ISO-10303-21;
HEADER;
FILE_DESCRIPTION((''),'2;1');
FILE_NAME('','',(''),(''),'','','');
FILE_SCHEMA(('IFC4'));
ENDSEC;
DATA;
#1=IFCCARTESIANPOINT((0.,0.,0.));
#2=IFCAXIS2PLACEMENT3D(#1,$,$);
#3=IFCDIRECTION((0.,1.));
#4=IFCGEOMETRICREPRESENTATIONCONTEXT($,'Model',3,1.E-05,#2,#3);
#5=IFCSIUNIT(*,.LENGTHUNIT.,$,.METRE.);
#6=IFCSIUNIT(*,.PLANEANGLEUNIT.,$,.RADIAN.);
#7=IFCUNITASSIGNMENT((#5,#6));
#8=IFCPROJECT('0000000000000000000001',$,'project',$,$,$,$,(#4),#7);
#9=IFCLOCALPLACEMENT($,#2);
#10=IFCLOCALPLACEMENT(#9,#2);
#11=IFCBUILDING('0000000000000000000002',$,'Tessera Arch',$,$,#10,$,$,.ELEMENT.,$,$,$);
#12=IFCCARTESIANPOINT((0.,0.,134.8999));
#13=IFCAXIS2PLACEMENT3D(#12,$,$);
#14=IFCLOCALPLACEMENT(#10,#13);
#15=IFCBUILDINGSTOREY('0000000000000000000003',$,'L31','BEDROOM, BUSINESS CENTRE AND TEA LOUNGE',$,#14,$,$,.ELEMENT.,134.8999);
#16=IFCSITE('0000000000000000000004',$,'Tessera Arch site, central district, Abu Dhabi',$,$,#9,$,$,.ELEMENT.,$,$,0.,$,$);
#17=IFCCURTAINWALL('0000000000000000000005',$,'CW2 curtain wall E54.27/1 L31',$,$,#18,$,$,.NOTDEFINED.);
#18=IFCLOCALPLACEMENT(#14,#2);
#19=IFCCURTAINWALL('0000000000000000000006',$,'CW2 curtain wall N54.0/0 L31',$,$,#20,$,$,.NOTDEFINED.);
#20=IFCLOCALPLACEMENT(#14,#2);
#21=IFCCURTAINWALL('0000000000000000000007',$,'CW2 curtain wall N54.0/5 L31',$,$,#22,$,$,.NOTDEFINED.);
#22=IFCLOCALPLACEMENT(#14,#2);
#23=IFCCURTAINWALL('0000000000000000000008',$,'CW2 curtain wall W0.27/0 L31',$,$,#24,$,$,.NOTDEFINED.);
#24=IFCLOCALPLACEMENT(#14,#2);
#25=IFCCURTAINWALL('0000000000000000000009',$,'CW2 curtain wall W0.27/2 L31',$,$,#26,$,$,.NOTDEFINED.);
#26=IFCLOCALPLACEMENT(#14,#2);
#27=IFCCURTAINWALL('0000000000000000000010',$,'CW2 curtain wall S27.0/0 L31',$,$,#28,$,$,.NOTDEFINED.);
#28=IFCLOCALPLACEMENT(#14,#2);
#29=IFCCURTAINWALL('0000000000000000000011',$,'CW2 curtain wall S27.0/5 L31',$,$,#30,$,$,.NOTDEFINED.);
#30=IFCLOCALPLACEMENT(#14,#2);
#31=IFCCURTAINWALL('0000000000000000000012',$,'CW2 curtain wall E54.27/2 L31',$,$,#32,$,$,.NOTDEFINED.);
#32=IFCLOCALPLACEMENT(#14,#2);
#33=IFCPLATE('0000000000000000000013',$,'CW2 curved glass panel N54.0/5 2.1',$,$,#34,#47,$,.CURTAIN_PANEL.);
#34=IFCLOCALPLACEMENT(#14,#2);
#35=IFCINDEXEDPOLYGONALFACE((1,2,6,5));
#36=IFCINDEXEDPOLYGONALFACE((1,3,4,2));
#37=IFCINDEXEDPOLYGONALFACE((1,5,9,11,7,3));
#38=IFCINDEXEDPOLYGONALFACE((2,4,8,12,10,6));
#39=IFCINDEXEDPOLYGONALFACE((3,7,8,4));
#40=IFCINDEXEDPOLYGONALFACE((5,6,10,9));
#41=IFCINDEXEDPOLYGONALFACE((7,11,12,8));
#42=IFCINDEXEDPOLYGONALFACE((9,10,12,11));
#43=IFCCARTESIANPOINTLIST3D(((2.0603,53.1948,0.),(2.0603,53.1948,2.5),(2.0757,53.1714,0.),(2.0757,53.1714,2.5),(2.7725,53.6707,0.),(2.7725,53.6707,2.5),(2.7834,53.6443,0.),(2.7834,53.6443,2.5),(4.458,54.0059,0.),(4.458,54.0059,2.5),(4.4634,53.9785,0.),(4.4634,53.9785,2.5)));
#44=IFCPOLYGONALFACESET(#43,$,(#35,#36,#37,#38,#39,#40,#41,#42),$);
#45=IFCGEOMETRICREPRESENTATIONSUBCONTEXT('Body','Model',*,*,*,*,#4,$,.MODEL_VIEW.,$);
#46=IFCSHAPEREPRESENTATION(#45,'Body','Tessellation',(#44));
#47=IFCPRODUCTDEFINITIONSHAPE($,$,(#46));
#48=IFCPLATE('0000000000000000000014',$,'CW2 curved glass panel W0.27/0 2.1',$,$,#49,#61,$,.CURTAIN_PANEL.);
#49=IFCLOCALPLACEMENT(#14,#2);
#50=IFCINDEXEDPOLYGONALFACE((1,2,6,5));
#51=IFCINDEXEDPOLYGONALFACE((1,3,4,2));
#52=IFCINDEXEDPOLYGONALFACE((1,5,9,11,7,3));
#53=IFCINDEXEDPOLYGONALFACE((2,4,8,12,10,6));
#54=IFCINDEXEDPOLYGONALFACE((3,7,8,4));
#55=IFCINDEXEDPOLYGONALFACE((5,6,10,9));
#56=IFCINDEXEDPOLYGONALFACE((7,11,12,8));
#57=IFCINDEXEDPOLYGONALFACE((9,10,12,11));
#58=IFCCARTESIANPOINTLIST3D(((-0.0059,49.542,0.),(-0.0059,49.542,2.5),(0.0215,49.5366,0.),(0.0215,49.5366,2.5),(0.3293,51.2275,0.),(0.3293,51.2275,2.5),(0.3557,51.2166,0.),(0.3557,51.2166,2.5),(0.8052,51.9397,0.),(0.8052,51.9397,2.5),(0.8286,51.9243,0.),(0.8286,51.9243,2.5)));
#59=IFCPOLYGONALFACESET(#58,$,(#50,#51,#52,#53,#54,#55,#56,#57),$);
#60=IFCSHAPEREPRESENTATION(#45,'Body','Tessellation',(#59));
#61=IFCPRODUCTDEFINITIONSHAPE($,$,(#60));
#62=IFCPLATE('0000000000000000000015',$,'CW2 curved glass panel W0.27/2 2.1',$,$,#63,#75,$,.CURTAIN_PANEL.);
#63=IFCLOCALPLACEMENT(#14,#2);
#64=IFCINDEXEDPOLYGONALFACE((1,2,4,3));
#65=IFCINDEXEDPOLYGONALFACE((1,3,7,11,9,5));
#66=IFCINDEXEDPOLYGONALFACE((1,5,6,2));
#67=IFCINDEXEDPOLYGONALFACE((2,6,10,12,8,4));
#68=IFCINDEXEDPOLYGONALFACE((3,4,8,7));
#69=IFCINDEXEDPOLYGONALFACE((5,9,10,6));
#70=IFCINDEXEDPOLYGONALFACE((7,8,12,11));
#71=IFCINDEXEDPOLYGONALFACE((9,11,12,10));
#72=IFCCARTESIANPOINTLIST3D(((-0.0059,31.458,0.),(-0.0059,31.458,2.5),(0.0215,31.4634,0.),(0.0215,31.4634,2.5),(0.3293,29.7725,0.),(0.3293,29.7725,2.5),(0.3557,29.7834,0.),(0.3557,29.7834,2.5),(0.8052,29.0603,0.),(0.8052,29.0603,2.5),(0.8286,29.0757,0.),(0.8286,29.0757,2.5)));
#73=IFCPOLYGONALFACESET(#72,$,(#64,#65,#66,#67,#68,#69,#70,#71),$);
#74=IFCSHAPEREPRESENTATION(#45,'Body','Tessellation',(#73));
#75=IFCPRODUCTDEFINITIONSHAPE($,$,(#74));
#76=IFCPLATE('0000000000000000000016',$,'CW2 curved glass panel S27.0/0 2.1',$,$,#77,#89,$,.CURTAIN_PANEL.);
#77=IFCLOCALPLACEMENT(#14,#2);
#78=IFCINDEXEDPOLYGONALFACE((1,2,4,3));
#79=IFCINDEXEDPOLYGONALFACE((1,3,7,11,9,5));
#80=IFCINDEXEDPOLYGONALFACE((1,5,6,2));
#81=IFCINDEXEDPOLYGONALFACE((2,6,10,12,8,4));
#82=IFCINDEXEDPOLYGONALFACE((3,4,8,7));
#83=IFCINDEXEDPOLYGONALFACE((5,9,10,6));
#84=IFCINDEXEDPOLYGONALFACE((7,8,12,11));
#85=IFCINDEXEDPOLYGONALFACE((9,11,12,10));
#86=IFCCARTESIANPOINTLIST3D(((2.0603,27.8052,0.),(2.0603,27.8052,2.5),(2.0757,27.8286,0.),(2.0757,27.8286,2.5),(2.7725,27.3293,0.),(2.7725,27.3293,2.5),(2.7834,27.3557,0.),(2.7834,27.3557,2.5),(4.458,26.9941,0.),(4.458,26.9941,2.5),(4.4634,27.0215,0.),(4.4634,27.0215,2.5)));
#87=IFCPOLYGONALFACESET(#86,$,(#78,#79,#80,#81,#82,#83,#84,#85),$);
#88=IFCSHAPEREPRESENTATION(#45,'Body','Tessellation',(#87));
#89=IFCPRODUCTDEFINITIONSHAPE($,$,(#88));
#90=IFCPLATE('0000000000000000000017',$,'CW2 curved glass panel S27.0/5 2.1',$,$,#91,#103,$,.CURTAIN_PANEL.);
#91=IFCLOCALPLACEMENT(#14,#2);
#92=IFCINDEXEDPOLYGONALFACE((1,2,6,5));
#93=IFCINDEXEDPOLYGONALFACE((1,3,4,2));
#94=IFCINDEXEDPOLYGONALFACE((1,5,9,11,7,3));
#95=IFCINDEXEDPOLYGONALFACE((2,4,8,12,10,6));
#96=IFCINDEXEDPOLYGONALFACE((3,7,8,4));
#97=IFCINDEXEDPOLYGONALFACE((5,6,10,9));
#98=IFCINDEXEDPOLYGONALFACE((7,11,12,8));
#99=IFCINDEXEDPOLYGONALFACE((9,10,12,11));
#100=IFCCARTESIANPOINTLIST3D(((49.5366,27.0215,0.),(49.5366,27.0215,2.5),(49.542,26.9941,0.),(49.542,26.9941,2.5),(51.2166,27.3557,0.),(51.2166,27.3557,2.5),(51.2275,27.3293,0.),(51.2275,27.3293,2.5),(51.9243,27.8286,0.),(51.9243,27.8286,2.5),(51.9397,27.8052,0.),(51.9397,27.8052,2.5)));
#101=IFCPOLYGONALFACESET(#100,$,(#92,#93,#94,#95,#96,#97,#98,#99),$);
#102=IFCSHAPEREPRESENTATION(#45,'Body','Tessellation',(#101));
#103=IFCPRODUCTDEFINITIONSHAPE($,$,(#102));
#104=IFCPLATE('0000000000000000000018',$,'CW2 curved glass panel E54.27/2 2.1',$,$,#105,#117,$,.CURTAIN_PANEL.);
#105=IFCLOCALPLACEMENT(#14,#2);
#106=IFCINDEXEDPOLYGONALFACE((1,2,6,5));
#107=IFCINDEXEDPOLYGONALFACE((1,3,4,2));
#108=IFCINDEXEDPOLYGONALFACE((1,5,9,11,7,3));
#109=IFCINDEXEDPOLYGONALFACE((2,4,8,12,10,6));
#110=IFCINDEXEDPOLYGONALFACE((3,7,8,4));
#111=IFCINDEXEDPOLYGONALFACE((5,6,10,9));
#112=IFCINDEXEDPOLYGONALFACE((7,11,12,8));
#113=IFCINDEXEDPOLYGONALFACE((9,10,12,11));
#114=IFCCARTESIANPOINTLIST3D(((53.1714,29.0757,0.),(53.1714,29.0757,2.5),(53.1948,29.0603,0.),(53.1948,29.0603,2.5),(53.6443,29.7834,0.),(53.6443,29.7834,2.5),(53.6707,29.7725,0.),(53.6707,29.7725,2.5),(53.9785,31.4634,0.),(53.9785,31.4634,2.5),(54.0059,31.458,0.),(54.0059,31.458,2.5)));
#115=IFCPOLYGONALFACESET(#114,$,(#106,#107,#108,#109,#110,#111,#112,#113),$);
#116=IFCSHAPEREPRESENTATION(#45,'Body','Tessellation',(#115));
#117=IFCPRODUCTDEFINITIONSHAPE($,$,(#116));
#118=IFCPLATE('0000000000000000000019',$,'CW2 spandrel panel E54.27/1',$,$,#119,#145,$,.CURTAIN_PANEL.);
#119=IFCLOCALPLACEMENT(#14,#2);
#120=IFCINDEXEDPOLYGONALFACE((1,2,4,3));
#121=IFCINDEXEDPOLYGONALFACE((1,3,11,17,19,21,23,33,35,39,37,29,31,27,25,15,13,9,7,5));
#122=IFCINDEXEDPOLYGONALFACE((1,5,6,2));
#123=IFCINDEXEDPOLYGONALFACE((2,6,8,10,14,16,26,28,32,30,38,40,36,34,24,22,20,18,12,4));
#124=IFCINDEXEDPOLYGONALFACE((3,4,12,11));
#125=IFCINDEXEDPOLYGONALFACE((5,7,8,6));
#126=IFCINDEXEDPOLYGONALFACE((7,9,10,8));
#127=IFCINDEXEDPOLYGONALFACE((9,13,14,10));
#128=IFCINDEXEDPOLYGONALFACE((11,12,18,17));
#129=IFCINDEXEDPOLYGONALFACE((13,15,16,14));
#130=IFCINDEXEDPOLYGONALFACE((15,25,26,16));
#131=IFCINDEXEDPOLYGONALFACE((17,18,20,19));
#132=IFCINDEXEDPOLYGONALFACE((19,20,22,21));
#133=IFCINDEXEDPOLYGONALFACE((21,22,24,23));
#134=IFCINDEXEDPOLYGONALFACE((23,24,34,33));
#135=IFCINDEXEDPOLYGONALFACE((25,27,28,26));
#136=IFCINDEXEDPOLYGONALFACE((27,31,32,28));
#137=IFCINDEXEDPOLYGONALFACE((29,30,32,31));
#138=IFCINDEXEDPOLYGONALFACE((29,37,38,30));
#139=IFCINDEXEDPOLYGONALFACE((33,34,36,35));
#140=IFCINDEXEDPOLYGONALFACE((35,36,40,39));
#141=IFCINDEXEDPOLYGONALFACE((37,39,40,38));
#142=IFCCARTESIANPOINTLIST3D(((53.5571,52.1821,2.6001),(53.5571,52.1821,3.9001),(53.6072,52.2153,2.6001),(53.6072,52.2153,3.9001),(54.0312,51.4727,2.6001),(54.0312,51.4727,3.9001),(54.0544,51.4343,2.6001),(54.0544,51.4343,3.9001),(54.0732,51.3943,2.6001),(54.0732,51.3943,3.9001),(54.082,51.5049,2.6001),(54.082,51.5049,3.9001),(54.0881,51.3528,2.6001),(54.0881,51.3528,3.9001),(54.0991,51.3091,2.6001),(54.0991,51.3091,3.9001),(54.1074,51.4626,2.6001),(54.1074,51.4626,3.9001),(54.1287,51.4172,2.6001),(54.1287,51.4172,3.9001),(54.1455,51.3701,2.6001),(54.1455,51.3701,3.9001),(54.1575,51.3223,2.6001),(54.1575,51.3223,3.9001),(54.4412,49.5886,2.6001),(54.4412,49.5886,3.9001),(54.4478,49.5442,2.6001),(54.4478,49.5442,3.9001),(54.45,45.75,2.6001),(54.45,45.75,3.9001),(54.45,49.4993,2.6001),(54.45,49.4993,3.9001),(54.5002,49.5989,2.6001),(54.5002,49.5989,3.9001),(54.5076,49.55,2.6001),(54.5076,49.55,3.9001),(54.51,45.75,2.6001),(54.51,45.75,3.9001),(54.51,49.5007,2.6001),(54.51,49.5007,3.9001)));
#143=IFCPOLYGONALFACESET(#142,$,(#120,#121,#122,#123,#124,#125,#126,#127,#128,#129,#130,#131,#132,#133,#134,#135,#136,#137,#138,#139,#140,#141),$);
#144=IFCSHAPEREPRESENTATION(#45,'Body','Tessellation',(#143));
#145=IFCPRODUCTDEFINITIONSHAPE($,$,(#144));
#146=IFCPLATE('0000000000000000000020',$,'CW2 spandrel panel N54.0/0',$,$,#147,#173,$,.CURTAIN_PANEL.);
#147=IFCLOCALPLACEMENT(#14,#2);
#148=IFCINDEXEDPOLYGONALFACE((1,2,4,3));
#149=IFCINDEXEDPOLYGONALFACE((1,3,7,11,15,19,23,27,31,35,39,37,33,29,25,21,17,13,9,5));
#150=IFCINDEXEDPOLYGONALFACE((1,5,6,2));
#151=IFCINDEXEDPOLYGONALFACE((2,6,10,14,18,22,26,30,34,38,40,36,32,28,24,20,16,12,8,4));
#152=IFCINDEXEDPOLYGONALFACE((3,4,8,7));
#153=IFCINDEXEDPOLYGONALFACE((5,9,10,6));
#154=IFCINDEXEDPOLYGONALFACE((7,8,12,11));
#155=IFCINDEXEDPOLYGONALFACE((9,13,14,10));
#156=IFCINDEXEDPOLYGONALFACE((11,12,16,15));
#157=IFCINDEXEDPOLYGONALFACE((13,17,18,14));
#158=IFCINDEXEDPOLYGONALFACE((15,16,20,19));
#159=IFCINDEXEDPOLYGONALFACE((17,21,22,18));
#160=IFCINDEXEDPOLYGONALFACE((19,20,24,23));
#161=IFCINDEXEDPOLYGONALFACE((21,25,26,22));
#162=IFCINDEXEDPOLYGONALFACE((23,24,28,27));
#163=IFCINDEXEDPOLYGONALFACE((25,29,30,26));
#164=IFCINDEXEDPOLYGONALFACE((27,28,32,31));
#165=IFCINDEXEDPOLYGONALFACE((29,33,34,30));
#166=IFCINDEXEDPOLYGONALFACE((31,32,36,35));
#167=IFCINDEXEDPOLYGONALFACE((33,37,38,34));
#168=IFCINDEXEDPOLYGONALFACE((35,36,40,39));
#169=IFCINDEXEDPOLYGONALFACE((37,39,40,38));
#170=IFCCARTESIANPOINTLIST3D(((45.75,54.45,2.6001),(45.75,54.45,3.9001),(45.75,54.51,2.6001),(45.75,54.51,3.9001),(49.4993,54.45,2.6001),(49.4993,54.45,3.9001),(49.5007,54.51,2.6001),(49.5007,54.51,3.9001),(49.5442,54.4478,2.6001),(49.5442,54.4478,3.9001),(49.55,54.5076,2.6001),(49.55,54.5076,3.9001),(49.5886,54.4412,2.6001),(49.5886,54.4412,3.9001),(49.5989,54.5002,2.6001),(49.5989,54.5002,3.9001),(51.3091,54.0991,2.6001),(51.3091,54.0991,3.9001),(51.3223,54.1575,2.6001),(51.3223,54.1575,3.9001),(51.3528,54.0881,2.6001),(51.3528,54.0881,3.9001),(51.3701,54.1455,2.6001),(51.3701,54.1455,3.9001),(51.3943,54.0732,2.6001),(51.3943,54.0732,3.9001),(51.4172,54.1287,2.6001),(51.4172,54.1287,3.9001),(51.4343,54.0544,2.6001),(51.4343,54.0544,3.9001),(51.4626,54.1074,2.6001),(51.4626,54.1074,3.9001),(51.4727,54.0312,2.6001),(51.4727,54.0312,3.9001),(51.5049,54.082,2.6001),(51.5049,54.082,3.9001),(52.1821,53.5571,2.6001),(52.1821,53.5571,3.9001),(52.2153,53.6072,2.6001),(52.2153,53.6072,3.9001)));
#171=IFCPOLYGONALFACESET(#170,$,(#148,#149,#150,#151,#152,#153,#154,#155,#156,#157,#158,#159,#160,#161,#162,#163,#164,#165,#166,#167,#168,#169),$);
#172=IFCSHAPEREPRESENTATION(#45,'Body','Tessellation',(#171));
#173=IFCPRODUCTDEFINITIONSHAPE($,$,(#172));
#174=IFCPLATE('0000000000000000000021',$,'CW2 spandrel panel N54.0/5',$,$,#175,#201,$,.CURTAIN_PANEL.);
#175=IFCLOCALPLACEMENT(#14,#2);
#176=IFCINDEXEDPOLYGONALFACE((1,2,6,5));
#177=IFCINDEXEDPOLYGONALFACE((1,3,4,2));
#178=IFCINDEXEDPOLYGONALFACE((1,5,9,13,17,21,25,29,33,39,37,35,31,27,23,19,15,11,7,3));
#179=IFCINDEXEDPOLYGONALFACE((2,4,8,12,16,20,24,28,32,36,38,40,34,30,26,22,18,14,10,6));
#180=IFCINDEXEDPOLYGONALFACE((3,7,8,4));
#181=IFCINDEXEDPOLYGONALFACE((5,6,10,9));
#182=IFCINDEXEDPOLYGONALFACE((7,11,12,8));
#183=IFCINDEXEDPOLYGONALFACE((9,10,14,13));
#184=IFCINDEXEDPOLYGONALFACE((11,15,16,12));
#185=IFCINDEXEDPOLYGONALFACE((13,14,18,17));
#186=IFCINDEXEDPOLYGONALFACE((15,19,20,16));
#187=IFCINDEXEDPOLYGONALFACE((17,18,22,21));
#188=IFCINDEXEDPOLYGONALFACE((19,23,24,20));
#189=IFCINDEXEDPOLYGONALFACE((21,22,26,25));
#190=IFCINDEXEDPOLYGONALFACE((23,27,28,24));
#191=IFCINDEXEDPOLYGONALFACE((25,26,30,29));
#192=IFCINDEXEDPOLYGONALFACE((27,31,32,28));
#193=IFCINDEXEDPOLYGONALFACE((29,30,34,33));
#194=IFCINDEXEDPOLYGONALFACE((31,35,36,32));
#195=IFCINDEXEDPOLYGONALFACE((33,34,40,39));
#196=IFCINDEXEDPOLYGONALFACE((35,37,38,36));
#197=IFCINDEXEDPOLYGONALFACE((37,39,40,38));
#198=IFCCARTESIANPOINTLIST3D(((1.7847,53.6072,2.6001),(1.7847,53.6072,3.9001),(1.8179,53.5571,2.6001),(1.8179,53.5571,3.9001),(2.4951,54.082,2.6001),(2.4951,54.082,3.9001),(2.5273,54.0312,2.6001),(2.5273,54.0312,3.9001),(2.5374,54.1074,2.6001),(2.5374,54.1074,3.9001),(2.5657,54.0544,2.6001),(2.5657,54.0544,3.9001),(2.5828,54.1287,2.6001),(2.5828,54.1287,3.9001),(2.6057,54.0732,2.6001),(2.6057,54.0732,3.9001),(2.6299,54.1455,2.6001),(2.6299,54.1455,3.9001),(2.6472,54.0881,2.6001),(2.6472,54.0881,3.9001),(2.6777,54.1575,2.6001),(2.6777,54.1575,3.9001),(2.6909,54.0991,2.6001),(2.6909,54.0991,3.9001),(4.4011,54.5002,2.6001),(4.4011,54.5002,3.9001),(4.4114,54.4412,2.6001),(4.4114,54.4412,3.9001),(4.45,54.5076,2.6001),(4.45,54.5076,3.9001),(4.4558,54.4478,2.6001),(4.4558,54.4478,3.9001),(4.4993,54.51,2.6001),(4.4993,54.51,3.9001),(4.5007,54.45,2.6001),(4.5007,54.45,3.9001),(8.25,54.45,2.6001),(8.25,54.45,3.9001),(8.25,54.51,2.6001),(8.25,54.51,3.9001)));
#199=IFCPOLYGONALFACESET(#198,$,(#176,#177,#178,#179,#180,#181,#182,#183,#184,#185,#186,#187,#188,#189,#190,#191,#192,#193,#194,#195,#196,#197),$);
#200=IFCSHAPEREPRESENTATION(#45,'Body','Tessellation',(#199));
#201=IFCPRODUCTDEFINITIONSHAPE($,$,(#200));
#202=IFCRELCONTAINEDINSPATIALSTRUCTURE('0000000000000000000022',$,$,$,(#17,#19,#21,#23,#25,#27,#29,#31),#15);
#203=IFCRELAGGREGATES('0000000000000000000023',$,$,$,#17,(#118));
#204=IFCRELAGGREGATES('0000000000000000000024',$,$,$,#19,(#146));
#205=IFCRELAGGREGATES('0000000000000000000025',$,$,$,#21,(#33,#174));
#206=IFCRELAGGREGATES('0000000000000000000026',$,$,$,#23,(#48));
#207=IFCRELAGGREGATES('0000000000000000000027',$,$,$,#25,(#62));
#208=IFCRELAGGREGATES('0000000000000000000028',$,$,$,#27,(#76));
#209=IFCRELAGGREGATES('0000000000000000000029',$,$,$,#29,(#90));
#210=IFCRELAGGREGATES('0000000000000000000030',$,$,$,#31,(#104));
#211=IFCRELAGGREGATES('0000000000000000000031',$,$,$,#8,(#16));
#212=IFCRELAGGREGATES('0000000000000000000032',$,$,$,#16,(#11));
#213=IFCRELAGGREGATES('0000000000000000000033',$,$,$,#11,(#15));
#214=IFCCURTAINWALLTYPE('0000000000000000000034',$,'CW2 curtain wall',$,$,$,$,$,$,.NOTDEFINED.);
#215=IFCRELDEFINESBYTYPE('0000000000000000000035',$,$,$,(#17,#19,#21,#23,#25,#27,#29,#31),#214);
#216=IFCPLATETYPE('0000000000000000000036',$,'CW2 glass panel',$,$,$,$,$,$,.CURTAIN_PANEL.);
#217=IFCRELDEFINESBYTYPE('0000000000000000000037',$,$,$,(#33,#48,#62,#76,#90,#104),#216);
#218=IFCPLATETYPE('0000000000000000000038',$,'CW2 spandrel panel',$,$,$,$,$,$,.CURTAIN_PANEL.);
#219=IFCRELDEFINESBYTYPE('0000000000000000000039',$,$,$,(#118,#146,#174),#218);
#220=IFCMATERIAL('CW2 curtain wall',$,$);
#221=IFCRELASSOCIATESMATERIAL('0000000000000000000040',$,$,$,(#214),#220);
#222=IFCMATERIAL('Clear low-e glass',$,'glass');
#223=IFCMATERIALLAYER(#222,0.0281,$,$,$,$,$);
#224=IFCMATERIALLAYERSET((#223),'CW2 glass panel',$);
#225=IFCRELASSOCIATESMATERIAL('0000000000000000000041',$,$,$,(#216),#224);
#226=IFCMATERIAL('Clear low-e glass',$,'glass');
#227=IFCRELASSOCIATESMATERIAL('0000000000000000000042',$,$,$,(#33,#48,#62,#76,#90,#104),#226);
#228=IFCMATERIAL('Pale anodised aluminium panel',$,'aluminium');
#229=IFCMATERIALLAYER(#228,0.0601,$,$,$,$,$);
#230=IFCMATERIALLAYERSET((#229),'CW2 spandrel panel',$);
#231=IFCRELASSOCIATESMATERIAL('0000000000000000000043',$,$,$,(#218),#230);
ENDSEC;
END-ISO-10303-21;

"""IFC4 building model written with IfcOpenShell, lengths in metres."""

from ifc_helpers import new_model, si_unit, direction, frame, origin, place, context, subcontext, project, spatial, polyline, outline, extrude, material, layer, layer_set, type_object, element, aggregate, save


model = new_model("IFC4")

# Units and contexts
model_context = context("Model", 3, precision=1e-05, world=origin(), true_north=direction((0.0, 1.0)))
body_context = subcontext(model_context, "Body", "Model", "MODEL_VIEW")
ifc_project = project(units=[si_unit("LENGTHUNIT", "METRE"), si_unit("PLANEANGLEUNIT", "RADIAN")], contexts=[model_context])

# Site, building, storey
site_placement = place(None, origin())
site = spatial("IfcSite", under=ifc_project, at=site_placement, Name="Tessera Arch site, central district, Abu Dhabi", CompositionType="ELEMENT", RefElevation=0.0)
building_placement = place(site_placement, origin())
building = spatial("IfcBuilding", under=site, at=building_placement, Name="Tessera Arch", CompositionType="ELEMENT")
storey_placement = place(building_placement, frame((0.0, 0.0, 134.8999)))
storey = spatial("IfcBuildingStorey", under=building, at=storey_placement, Name="L31", Description="BEDROOM, BUSINESS CENTRE AND TEA LOUNGE", CompositionType="ELEMENT", Elevation=134.8999)

# Curtain walls
ifc_material_1 = material(Name="CW2 curtain wall")
curtain_wall_type_1 = type_object("IfcCurtainWallType", Name="CW2 curtain wall", PredefinedType="NOTDEFINED", material=ifc_material_1)
curtain_wall_1_placement = place(storey_placement, origin())
curtain_wall_1 = element("IfcCurtainWall", 1, at=curtain_wall_1_placement, inside=storey, type_object=curtain_wall_type_1, Name="CW2 curtain wall E54.27/1 L31", PredefinedType="NOTDEFINED")
curtain_wall_2_placement = place(storey_placement, origin())
curtain_wall_2 = element("IfcCurtainWall", 2, at=curtain_wall_2_placement, inside=storey, type_object=curtain_wall_type_1, Name="CW2 curtain wall N54.0/0 L31", PredefinedType="NOTDEFINED")
curtain_wall_3_placement = place(storey_placement, origin())
curtain_wall_3 = element("IfcCurtainWall", 3, at=curtain_wall_3_placement, inside=storey, type_object=curtain_wall_type_1, Name="CW2 curtain wall N54.0/5 L31", PredefinedType="NOTDEFINED")
curtain_wall_4_placement = place(storey_placement, origin())
curtain_wall_4 = element("IfcCurtainWall", 4, at=curtain_wall_4_placement, inside=storey, type_object=curtain_wall_type_1, Name="CW2 curtain wall W0.27/0 L31", PredefinedType="NOTDEFINED")
curtain_wall_5_placement = place(storey_placement, origin())
curtain_wall_5 = element("IfcCurtainWall", 5, at=curtain_wall_5_placement, inside=storey, type_object=curtain_wall_type_1, Name="CW2 curtain wall W0.27/2 L31", PredefinedType="NOTDEFINED")
curtain_wall_6_placement = place(storey_placement, origin())
curtain_wall_6 = element("IfcCurtainWall", 6, at=curtain_wall_6_placement, inside=storey, type_object=curtain_wall_type_1, Name="CW2 curtain wall S27.0/0 L31", PredefinedType="NOTDEFINED")
curtain_wall_7_placement = place(storey_placement, origin())
curtain_wall_7 = element("IfcCurtainWall", 7, at=curtain_wall_7_placement, inside=storey, type_object=curtain_wall_type_1, Name="CW2 curtain wall S27.0/5 L31", PredefinedType="NOTDEFINED")
curtain_wall_8_placement = place(storey_placement, origin())
curtain_wall_8 = element("IfcCurtainWall", 8, at=curtain_wall_8_placement, inside=storey, type_object=curtain_wall_type_1, Name="CW2 curtain wall E54.27/2 L31", PredefinedType="NOTDEFINED")

# Plates
ifc_material_2 = material(Name="Clear low-e glass", Category="glass")
ifc_material_3 = material(Name="Clear low-e glass", Category="glass")
ifc_layer_1 = layer(ifc_material_3, 0.0281)
ifc_layer_set_1 = layer_set([ifc_layer_1], Name="CW2 glass panel")
plate_type_1 = type_object("IfcPlateType", Name="CW2 glass panel", PredefinedType="CURTAIN_PANEL", material=ifc_layer_set_1)
plate_1_placement = place(storey_placement, origin())
plate_1 = element("IfcPlate", 9, at=plate_1_placement, type_object=plate_type_1, material=ifc_material_2, Name="CW2 curved glass panel N54.0/5 2.1", PredefinedType="CURTAIN_PANEL", context=body_context, shape_type="SweptSolid", body=[
    extrude(outline(polyline([(2.7834, 53.6443), (4.4634, 53.9785), (4.458, 54.0059), (2.7725, 53.6707), (2.0603, 53.1948), (2.0757, 53.1714), (2.7834, 53.6443)])), origin(), (0.0, 0.0, 1.0), 2.5),
])
plate_2_placement = place(storey_placement, origin())
plate_2 = element("IfcPlate", 10, at=plate_2_placement, type_object=plate_type_1, material=ifc_material_2, Name="CW2 curved glass panel W0.27/0 2.1", PredefinedType="CURTAIN_PANEL", context=body_context, shape_type="SweptSolid", body=[
    extrude(outline(polyline([(0.3557, 51.2166), (0.8286, 51.9243), (0.8052, 51.9397), (0.3293, 51.2275), (-0.0059, 49.542), (0.0215, 49.5366), (0.3557, 51.2166)])), origin(), (0.0, 0.0, 1.0), 2.5),
])
plate_3_placement = place(storey_placement, origin())
plate_3 = element("IfcPlate", 11, at=plate_3_placement, type_object=plate_type_1, material=ifc_material_2, Name="CW2 curved glass panel W0.27/2 2.1", PredefinedType="CURTAIN_PANEL", context=body_context, shape_type="SweptSolid", body=[
    extrude(outline(polyline([(0.3557, 29.7834), (0.0215, 31.4634), (-0.0059, 31.458), (0.3293, 29.7725), (0.8052, 29.0603), (0.8286, 29.0757), (0.3557, 29.7834)])), origin(), (0.0, 0.0, 1.0), 2.5),
])
plate_4_placement = place(storey_placement, origin())
plate_4 = element("IfcPlate", 12, at=plate_4_placement, type_object=plate_type_1, material=ifc_material_2, Name="CW2 curved glass panel S27.0/0 2.1", PredefinedType="CURTAIN_PANEL", context=body_context, shape_type="SweptSolid", body=[
    extrude(outline(polyline([(2.7834, 27.3557), (2.0757, 27.8286), (2.0603, 27.8052), (2.7725, 27.3293), (4.458, 26.9941), (4.4634, 27.0215), (2.7834, 27.3557)])), origin(), (0.0, 0.0, 1.0), 2.5),
])
plate_5_placement = place(storey_placement, origin())
plate_5 = element("IfcPlate", 13, at=plate_5_placement, type_object=plate_type_1, material=ifc_material_2, Name="CW2 curved glass panel S27.0/5 2.1", PredefinedType="CURTAIN_PANEL", context=body_context, shape_type="SweptSolid", body=[
    extrude(outline(polyline([(51.2166, 27.3557), (49.5366, 27.0215), (49.542, 26.9941), (51.2275, 27.3293), (51.9397, 27.8052), (51.9243, 27.8286), (51.2166, 27.3557)])), origin(), (0.0, 0.0, 1.0), 2.5),
])
plate_6_placement = place(storey_placement, origin())
plate_6 = element("IfcPlate", 14, at=plate_6_placement, type_object=plate_type_1, material=ifc_material_2, Name="CW2 curved glass panel E54.27/2 2.1", PredefinedType="CURTAIN_PANEL", context=body_context, shape_type="SweptSolid", body=[
    extrude(outline(polyline([(53.6443, 29.7834), (53.1714, 29.0757), (53.1948, 29.0603), (53.6707, 29.7725), (54.0059, 31.458), (53.9785, 31.4634), (53.6443, 29.7834)])), origin(), (0.0, 0.0, 1.0), 2.5),
])
ifc_material_4 = material(Name="Pale anodised aluminium panel", Category="aluminium")
ifc_layer_2 = layer(ifc_material_4, 0.0601)
ifc_layer_set_2 = layer_set([ifc_layer_2], Name="CW2 spandrel panel")
plate_type_2 = type_object("IfcPlateType", Name="CW2 spandrel panel", PredefinedType="CURTAIN_PANEL", material=ifc_layer_set_2)
plate_7_placement = place(storey_placement, frame((0.0, 0.0, 2.6001)))
plate_7 = element("IfcPlate", 15, at=plate_7_placement, type_object=plate_type_2, Name="CW2 spandrel panel E54.27/1", PredefinedType="CURTAIN_PANEL", context=body_context, shape_type="SweptSolid", body=[
    extrude(outline(polyline([(54.45, 49.4993), (54.45, 45.75), (54.51, 45.75), (54.51, 49.5007), (54.5076, 49.55), (54.5002, 49.5989), (54.1575, 51.3223), (54.1455, 51.3701), (54.1287, 51.4172), (54.1074, 51.4626), (54.082, 51.5049), (53.6072, 52.2153), (53.5571, 52.1821), (54.0312, 51.4727), (54.0544, 51.4343), (54.0732, 51.3943), (54.0881, 51.3528), (54.0991, 51.3091), (54.4412, 49.5886), (54.4478, 49.5442), (54.45, 49.4993)])), origin(), (0.0, 0.0, 1.0), 1.3),
])
aggregate(curtain_wall_1, [plate_7])
plate_8_placement = place(storey_placement, frame((0.0, 0.0, 2.6001)))
plate_8 = element("IfcPlate", 16, at=plate_8_placement, type_object=plate_type_2, Name="CW2 spandrel panel N54.0/0", PredefinedType="CURTAIN_PANEL", context=body_context, shape_type="SweptSolid", body=[
    extrude(outline(polyline([(51.4727, 54.0312), (52.1821, 53.5571), (52.2153, 53.6072), (51.5049, 54.082), (51.4626, 54.1074), (51.4172, 54.1287), (51.3701, 54.1455), (51.3223, 54.1575), (49.5989, 54.5002), (49.55, 54.5076), (49.5007, 54.51), (45.75, 54.51), (45.75, 54.45), (49.4993, 54.45), (49.5442, 54.4478), (49.5886, 54.4412), (51.3091, 54.0991), (51.3528, 54.0881), (51.3943, 54.0732), (51.4343, 54.0544), (51.4727, 54.0312)])), origin(), (0.0, 0.0, 1.0), 1.3),
])
aggregate(curtain_wall_2, [plate_8])
plate_9_placement = place(storey_placement, frame((0.0, 0.0, 2.6001)))
plate_9 = element("IfcPlate", 17, at=plate_9_placement, type_object=plate_type_2, Name="CW2 spandrel panel N54.0/5", PredefinedType="CURTAIN_PANEL", context=body_context, shape_type="SweptSolid", body=[
    extrude(outline(polyline([(4.5007, 54.45), (8.25, 54.45), (8.25, 54.51), (4.4993, 54.51), (4.45, 54.5076), (4.4011, 54.5002), (2.6777, 54.1575), (2.6299, 54.1455), (2.5828, 54.1287), (2.5374, 54.1074), (2.4951, 54.082), (1.7847, 53.6072), (1.8179, 53.5571), (2.5273, 54.0312), (2.5657, 54.0544), (2.6057, 54.0732), (2.6472, 54.0881), (2.6909, 54.0991), (4.4114, 54.4412), (4.4558, 54.4478), (4.5007, 54.45)])), origin(), (0.0, 0.0, 1.0), 1.3),
])
aggregate(curtain_wall_3, [plate_1, plate_9])
aggregate(curtain_wall_4, [plate_2])
aggregate(curtain_wall_5, [plate_3])
aggregate(curtain_wall_6, [plate_4])
aggregate(curtain_wall_7, [plate_5])
aggregate(curtain_wall_8, [plate_6])

save(model, "model.ifc")
